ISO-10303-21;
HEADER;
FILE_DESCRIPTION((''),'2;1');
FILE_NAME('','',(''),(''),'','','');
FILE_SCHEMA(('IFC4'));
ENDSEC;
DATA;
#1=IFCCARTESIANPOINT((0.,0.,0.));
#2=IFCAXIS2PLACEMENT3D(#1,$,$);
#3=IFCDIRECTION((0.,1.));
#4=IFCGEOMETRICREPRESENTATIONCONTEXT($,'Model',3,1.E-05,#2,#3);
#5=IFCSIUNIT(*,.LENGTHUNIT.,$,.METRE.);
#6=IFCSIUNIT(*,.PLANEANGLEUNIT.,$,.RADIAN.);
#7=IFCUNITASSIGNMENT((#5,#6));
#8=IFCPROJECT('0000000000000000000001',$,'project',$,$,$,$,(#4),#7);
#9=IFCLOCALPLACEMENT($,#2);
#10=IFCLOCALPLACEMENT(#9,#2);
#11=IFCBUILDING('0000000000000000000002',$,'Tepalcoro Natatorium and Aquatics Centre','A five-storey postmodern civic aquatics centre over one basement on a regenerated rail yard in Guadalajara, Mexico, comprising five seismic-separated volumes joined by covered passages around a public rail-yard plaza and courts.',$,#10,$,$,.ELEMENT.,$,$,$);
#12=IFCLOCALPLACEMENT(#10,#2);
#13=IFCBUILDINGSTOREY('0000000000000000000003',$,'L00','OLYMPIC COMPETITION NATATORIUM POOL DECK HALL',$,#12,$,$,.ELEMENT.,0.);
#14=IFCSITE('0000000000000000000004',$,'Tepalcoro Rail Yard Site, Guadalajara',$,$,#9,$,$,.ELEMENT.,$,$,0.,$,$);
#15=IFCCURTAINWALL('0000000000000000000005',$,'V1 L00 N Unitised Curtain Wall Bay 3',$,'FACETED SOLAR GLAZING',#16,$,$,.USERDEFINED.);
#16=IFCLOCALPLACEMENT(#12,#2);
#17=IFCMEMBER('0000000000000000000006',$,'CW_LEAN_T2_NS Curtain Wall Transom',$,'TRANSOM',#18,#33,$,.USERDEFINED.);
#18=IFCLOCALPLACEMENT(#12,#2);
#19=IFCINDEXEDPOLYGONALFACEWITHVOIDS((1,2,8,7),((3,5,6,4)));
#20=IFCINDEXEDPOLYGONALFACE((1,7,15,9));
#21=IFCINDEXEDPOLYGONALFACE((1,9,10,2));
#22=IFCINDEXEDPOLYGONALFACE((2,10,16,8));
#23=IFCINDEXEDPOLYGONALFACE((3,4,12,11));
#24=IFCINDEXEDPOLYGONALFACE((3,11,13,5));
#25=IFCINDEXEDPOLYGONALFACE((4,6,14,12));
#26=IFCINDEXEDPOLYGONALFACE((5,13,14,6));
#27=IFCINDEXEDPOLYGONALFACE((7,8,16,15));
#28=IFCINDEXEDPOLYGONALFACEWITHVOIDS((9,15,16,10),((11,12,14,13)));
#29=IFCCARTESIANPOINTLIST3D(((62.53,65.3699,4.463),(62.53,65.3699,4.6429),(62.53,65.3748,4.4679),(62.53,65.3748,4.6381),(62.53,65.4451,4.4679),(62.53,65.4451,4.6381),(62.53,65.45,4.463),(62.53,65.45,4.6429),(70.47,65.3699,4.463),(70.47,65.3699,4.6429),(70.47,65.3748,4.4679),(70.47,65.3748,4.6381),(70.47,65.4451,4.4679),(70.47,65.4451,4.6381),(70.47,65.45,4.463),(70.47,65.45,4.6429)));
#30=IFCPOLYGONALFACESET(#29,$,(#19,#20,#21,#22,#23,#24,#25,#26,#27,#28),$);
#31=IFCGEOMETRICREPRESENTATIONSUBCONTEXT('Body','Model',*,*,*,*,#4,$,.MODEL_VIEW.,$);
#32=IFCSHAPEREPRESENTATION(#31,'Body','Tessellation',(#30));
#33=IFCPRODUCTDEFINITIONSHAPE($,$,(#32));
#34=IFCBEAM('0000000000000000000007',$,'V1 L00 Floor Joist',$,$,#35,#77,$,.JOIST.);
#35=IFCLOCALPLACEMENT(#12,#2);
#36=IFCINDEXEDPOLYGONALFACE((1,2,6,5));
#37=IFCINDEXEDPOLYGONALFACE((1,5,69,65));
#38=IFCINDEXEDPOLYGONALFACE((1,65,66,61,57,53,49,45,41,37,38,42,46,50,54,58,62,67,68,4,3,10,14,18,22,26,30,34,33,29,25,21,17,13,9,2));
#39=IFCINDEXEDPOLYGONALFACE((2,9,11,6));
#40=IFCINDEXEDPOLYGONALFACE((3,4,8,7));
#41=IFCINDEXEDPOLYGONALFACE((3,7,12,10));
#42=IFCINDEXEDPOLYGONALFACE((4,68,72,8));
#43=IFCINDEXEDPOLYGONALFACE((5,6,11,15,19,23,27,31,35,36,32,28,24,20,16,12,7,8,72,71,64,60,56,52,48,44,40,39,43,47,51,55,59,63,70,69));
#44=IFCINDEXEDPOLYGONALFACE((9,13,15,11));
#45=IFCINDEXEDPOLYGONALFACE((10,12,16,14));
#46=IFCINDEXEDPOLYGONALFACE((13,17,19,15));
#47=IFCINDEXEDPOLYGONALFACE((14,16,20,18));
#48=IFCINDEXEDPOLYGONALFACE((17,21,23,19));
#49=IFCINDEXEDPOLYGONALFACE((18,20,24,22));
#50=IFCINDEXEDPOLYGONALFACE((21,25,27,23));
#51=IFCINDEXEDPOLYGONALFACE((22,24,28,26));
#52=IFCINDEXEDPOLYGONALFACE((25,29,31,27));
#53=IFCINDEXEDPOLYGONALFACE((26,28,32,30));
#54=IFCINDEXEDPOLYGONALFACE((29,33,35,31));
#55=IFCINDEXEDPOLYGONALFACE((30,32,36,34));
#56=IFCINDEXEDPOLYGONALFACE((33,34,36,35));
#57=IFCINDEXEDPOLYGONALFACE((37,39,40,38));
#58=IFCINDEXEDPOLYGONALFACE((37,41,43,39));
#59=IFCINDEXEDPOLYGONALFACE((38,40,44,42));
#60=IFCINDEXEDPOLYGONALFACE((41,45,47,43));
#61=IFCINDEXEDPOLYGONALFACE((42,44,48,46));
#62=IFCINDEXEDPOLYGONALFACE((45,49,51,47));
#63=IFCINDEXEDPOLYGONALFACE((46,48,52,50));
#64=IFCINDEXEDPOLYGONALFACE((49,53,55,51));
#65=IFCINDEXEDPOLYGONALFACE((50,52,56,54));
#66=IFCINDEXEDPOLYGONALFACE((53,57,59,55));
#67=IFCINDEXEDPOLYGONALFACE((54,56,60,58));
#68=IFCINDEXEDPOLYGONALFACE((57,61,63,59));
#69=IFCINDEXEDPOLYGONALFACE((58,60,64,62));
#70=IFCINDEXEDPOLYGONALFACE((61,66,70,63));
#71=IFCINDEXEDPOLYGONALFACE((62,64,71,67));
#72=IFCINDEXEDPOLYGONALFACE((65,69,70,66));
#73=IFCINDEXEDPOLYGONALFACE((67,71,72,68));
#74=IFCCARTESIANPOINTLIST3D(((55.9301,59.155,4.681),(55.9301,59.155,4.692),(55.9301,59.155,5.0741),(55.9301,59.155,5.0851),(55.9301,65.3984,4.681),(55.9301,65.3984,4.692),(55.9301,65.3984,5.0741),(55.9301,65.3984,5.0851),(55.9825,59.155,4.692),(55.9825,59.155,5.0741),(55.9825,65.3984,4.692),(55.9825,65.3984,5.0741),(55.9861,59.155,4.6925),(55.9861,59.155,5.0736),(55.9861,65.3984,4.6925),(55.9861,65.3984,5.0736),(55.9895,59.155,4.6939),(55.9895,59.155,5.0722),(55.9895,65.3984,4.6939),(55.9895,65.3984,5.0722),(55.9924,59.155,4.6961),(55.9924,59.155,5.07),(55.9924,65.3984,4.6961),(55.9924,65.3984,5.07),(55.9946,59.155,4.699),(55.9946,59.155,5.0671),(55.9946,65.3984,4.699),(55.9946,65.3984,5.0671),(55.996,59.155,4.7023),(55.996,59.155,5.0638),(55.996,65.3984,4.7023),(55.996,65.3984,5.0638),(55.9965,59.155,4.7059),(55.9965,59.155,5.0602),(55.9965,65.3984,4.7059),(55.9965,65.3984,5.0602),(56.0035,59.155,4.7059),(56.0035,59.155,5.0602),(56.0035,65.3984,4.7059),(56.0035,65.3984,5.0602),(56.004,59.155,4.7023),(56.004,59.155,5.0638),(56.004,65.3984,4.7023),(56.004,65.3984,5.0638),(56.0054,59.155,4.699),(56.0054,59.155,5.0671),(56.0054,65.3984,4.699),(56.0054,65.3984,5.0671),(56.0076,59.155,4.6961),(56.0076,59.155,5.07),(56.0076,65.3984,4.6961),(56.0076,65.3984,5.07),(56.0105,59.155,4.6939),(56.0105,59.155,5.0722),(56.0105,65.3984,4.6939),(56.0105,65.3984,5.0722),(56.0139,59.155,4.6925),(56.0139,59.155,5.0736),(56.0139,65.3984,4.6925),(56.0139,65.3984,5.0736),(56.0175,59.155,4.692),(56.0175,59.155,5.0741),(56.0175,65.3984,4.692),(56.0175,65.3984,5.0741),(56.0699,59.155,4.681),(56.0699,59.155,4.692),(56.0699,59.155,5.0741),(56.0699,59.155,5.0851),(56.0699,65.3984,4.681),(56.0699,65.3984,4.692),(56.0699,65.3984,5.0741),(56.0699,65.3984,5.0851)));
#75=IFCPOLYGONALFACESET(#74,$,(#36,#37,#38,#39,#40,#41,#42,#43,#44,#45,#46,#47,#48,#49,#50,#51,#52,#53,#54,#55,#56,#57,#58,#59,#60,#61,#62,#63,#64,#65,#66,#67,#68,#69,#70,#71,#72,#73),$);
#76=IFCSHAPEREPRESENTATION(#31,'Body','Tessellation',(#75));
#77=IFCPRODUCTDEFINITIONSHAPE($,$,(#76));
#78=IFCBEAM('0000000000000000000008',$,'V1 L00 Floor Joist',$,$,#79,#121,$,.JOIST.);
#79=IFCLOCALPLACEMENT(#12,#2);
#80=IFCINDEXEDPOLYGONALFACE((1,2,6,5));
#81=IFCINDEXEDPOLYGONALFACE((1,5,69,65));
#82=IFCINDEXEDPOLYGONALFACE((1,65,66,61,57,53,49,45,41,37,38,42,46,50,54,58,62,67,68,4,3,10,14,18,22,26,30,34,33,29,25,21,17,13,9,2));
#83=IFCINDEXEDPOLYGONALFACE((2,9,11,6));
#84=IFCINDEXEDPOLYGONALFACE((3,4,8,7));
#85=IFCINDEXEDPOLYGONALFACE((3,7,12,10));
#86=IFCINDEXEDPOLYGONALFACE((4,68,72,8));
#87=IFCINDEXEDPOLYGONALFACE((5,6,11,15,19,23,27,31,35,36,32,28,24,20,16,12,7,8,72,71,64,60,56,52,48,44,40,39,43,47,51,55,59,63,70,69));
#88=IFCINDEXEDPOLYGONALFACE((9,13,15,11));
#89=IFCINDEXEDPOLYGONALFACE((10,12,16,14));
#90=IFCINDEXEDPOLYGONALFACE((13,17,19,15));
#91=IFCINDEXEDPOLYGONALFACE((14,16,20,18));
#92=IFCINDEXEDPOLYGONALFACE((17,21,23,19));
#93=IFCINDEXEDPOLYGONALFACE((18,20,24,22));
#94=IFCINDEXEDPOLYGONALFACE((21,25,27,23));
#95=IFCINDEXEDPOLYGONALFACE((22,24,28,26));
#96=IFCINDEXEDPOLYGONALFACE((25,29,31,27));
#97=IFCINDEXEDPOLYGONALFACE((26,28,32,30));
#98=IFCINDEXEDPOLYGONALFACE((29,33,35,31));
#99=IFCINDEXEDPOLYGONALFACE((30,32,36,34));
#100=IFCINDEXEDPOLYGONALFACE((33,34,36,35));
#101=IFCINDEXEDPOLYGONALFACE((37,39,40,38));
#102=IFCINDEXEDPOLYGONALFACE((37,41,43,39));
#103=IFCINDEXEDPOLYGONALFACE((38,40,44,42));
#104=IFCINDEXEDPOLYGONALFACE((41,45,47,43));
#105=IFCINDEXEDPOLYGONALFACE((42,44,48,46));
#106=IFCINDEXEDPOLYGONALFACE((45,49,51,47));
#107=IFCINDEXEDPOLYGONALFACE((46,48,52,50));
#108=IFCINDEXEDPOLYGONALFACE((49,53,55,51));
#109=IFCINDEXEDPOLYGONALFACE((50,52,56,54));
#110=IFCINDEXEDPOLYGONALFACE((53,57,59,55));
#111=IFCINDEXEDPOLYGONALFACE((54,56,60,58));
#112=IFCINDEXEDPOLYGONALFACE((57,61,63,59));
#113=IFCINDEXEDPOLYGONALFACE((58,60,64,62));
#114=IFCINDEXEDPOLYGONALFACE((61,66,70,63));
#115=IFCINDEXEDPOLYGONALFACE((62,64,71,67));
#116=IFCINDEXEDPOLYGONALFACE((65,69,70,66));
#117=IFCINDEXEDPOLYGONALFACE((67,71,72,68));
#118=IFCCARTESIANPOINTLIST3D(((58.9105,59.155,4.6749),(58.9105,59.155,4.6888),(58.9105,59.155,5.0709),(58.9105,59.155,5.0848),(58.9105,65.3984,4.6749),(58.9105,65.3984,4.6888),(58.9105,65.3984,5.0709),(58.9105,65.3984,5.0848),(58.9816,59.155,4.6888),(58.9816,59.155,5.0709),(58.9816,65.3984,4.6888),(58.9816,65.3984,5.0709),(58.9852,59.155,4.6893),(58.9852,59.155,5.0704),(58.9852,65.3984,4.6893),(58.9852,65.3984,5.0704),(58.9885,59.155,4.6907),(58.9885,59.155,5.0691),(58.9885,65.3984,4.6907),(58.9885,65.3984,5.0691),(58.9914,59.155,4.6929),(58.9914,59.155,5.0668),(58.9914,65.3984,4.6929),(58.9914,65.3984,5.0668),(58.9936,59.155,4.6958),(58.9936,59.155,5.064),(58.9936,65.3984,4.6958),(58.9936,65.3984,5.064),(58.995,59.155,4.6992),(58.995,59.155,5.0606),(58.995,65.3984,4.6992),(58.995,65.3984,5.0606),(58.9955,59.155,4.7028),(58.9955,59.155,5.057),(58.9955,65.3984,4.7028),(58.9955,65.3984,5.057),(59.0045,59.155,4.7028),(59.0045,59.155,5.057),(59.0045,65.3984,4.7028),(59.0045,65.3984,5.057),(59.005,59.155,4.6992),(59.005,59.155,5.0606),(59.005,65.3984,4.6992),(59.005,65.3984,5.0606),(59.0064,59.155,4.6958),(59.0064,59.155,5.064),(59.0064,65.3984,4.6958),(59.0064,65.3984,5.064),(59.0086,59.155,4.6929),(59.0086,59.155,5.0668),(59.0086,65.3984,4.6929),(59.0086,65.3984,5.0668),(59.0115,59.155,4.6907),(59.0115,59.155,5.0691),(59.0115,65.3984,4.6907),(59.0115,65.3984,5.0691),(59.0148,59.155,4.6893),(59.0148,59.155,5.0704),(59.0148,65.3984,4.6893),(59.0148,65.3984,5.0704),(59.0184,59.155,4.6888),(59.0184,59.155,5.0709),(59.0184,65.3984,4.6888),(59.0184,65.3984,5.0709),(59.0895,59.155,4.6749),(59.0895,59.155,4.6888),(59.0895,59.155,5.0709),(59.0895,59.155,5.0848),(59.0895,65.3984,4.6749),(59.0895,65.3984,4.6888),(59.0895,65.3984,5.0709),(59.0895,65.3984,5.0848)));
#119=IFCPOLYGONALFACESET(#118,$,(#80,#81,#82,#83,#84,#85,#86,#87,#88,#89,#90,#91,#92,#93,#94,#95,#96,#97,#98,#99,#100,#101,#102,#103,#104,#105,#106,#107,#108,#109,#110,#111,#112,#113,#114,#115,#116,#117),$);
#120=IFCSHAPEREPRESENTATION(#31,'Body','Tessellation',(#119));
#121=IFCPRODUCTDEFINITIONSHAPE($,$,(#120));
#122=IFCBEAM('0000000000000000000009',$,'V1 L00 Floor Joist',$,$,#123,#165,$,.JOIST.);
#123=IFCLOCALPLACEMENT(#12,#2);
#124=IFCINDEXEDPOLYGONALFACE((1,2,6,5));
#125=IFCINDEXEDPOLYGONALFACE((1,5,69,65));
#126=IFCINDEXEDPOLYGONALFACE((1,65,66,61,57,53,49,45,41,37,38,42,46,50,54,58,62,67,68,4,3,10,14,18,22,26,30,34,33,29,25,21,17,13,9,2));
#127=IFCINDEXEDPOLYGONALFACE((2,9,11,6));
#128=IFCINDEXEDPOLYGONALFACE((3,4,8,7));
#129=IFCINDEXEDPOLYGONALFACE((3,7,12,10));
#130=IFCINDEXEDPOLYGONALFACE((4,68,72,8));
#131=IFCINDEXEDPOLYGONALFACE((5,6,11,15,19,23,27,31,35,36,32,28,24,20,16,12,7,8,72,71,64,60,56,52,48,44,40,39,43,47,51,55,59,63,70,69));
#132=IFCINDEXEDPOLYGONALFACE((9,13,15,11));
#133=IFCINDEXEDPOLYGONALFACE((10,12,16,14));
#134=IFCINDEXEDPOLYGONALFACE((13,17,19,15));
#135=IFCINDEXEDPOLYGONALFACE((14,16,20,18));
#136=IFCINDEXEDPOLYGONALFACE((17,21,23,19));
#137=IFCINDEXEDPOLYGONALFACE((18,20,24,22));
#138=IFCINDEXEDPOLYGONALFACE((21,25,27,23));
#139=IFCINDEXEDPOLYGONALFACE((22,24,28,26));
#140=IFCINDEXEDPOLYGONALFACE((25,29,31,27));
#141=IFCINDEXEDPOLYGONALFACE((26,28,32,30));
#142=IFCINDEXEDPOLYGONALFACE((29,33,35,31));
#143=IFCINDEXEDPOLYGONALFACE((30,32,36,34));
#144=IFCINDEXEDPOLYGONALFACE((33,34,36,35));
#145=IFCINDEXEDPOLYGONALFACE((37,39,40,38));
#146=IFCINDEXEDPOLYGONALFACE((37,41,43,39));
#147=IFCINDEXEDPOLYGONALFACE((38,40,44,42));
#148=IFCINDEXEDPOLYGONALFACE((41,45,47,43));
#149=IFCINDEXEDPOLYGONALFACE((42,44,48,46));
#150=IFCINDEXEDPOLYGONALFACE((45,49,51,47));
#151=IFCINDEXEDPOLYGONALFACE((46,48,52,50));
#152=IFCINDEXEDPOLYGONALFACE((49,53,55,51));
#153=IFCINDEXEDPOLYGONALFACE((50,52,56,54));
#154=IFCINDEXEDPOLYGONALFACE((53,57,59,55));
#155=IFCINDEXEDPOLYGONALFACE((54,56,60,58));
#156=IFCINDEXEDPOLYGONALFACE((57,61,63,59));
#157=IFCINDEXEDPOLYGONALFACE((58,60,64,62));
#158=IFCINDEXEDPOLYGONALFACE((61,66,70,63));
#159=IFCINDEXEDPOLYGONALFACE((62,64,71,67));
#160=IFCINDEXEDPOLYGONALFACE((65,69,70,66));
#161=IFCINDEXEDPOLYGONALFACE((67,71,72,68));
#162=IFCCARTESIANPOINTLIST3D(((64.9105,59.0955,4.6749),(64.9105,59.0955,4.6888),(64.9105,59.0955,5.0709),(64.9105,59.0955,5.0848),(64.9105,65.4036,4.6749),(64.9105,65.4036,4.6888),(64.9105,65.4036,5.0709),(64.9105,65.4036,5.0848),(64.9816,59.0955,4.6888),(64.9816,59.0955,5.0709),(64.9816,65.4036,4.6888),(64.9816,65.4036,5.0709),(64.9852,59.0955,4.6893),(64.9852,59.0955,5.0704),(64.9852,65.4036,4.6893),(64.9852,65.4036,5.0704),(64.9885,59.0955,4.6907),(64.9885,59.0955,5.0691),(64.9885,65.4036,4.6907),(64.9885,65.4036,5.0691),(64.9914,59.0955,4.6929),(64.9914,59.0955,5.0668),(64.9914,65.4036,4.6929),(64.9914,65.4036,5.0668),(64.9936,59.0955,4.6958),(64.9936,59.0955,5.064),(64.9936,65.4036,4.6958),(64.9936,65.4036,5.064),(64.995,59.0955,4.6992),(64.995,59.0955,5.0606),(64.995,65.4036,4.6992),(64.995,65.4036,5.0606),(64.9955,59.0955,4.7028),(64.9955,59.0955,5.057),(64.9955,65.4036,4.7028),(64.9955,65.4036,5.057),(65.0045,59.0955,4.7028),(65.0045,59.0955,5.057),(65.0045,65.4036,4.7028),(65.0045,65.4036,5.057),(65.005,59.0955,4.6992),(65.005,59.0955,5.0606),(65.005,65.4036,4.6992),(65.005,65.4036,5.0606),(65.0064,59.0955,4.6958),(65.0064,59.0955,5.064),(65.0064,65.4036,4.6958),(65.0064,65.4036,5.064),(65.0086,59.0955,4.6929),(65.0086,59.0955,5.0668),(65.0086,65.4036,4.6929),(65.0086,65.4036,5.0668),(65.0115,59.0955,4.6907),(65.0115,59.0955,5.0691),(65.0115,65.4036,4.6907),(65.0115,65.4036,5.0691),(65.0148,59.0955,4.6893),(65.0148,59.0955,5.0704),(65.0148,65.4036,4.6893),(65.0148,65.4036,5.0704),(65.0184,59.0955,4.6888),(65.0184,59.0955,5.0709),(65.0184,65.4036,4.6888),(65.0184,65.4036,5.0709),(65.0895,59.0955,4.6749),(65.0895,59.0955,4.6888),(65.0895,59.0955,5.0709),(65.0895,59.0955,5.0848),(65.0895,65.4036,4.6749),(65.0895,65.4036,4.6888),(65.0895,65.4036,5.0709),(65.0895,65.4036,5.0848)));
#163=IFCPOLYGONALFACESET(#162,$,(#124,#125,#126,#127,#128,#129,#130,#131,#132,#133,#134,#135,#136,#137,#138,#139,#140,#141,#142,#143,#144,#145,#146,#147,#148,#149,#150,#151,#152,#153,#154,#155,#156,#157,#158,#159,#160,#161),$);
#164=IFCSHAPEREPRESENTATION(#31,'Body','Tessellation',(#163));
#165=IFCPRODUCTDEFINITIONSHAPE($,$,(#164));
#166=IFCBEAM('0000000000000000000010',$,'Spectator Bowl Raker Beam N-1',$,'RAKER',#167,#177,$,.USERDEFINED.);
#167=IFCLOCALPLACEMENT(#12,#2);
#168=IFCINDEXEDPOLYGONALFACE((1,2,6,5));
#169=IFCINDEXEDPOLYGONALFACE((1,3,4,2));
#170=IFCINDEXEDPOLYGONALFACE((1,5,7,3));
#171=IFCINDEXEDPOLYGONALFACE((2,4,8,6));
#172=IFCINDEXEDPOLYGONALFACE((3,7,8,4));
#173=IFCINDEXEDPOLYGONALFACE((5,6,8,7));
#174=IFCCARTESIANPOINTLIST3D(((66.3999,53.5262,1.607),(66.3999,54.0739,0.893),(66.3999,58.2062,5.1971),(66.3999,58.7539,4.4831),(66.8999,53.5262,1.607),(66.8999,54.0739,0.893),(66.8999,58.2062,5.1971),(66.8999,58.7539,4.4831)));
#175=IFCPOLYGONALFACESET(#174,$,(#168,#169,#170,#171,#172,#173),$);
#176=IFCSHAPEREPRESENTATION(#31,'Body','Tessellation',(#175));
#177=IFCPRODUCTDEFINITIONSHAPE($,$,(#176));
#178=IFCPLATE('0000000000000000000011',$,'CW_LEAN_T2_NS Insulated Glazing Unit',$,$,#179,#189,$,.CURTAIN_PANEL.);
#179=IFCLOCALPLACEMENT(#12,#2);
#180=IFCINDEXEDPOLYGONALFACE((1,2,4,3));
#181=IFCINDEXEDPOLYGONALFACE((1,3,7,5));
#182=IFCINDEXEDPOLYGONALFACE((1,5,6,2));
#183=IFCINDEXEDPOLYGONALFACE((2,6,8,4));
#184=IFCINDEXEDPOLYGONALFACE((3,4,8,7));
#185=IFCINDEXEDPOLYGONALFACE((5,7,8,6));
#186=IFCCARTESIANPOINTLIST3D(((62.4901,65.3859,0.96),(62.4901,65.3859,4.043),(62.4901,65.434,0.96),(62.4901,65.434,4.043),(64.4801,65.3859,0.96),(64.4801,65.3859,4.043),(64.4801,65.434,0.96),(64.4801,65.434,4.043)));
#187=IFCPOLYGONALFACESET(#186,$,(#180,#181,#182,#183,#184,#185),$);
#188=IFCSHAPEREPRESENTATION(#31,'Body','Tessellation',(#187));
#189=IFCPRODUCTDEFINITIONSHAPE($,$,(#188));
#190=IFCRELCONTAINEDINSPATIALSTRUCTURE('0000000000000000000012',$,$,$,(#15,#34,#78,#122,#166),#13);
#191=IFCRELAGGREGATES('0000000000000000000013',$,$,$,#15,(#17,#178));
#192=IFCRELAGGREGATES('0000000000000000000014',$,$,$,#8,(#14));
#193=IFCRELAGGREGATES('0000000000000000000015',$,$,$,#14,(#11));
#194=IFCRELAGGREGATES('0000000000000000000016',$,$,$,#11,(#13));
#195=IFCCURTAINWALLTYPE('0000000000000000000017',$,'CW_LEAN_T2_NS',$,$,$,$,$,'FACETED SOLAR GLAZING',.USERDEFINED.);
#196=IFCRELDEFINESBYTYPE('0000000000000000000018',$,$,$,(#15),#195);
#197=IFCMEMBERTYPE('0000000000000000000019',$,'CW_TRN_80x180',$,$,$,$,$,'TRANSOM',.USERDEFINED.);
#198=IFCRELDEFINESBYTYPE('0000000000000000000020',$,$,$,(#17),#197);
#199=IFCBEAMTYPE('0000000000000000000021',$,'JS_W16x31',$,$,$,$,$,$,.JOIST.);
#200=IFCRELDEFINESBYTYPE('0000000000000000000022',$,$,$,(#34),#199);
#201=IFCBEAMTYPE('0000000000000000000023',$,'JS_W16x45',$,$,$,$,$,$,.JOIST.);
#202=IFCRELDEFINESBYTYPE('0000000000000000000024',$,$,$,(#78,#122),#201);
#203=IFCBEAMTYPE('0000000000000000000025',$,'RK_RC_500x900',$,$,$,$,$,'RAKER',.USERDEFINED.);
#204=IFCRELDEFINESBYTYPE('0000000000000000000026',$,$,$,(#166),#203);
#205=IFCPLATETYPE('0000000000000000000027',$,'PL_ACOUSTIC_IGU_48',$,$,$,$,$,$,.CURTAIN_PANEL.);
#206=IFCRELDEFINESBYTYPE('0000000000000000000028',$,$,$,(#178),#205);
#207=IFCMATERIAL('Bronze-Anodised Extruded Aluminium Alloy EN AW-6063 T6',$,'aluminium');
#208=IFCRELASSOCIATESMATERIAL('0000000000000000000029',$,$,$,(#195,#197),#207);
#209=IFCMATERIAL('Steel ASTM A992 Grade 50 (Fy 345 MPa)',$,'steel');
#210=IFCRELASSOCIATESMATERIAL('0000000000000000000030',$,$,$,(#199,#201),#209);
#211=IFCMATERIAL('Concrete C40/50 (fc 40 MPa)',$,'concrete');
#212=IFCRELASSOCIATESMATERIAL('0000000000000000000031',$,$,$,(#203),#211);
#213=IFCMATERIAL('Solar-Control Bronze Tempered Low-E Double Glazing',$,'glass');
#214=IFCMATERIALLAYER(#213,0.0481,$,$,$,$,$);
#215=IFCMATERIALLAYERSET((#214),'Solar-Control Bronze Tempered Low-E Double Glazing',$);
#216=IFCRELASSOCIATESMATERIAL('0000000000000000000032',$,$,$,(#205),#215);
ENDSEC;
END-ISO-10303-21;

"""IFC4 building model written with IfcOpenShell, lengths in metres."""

from ifc_helpers import new_model, si_unit, direction, frame, origin, origin_2d, place, context, subcontext, project, spatial, rectangle, hollow_rectangle, i_section, extrude, material, layer, layer_set, material_profile, profile_set, type_object, element, aggregate, save


model = new_model("IFC4")

# Units and contexts
model_context = context("Model", 3, precision=1e-05, world=origin(), true_north=direction((0.0, 1.0)))
body_context = subcontext(model_context, "Body", "Model", "MODEL_VIEW")
ifc_project = project(units=[si_unit("LENGTHUNIT", "METRE"), si_unit("PLANEANGLEUNIT", "RADIAN")], contexts=[model_context])

# Site, building, storey
site_placement = place(None, origin())
site = spatial("IfcSite", under=ifc_project, at=site_placement, Name="Tepalcoro Rail Yard Site, Guadalajara", CompositionType="ELEMENT", RefElevation=0.0)
building_placement = place(site_placement, origin())
building = spatial("IfcBuilding", under=site, at=building_placement, Name="Tepalcoro Natatorium and Aquatics Centre", Description="A five-storey postmodern civic aquatics centre over one basement on a regenerated rail yard in Guadalajara, Mexico, comprising five seismic-separated volumes joined by covered passages around a public rail-yard plaza and courts.", CompositionType="ELEMENT")
storey_placement = place(building_placement, origin())
storey = spatial("IfcBuildingStorey", under=building, at=storey_placement, Name="L00", Description="OLYMPIC COMPETITION NATATORIUM POOL DECK HALL", CompositionType="ELEMENT", Elevation=0.0)

# Shared definitions
ifc_material_1 = material(Name="Concrete C40/50 (fc 40 MPa)", Category="concrete")

# Shared definitions
ifc_material_2 = material(Name="Steel ASTM A992 Grade 50 (Fy 345 MPa)", Category="steel")

# Curtain wall, member
ifc_material_3 = material(Name="Bronze-Anodised Extruded Aluminium Alloy EN AW-6063 T6", Category="aluminium")
curtain_wall_type = type_object("IfcCurtainWallType", Name="CW_LEAN_T2_NS", ElementType="FACETED SOLAR GLAZING", PredefinedType="USERDEFINED", material=ifc_material_3)
curtain_wall_placement = place(storey_placement, origin())
curtain_wall = element("IfcCurtainWall", 1, at=curtain_wall_placement, inside=storey, type_object=curtain_wall_type, Name="V1 L00 N Unitised Curtain Wall Bay 3", ObjectType="FACETED SOLAR GLAZING", PredefinedType="USERDEFINED")
ifc_material_profile_1 = material_profile(ifc_material_3, hollow_rectangle(XDim=0.0801, YDim=0.1799, WallThickness=0.0049, at=origin_2d()), Name="AL80X180X5")
ifc_profile_set_1 = profile_set([ifc_material_profile_1], Name="Bronze-Anodised Extruded Aluminium Alloy EN AW-6063 T6")
member_type_1 = type_object("IfcMemberType", Name="CW_TRN_80x180", ElementType="TRANSOM", PredefinedType="USERDEFINED", material=ifc_profile_set_1)
member_1_placement = place(storey_placement, frame((62.53, 65.4099, 4.553), z_axis=(1.0, 0.0, 0.0), x_axis=(0.0, 1.0, 0.0)))
member_1 = element("IfcMember", 2, at=member_1_placement, type_object=member_type_1, Name="CW_LEAN_T2_NS Curtain Wall Transom", ObjectType="TRANSOM", PredefinedType="USERDEFINED", context=body_context, shape_type="SweptSolid", body=[
    extrude(hollow_rectangle(XDim=0.0801, YDim=0.1799, WallThickness=0.0049, at=origin_2d()), origin(), (0.0, 0.0, 1.0), 7.9399),
])

# Beams
ifc_material_profile_2 = material_profile(ifc_material_2, i_section(OverallWidth=0.1399, OverallDepth=0.4041, WebThickness=0.0071, FlangeThickness=0.011, FilletRadius=0.0139, at=origin_2d()), Name="W16X31")
ifc_profile_set_2 = profile_set([ifc_material_profile_2], Name="Steel ASTM A992 Grade 50 (Fy 345 MPa)")
beam_type_1 = type_object("IfcBeamType", Name="JS_W16x31", PredefinedType="JOIST", material=ifc_profile_set_2)
beam_1_placement = place(storey_placement, frame((56.0, 59.155, 4.8831), z_axis=(0.0, 1.0, 0.0), x_axis=(-1.0, 0.0, 0.0)))
element("IfcBeam", 3, at=beam_1_placement, inside=storey, type_object=beam_type_1, Name="V1 L00 Floor Joist", PredefinedType="JOIST", context=body_context, shape_type="SweptSolid", body=[
    extrude(i_section(OverallWidth=0.1399, OverallDepth=0.4041, WebThickness=0.0071, FlangeThickness=0.011, FilletRadius=0.0139, at=origin_2d()), origin(), (0.0, 0.0, 1.0), 6.2434),
])
ifc_material_profile_3 = material_profile(ifc_material_2, i_section(OverallWidth=0.179, OverallDepth=0.4099, WebThickness=0.009, FlangeThickness=0.0139, FilletRadius=0.0139, at=origin_2d()), Name="W16X45")
ifc_profile_set_3 = profile_set([ifc_material_profile_3], Name="Steel ASTM A992 Grade 50 (Fy 345 MPa)")
beam_type_2 = type_object("IfcBeamType", Name="JS_W16x45", PredefinedType="JOIST", material=ifc_profile_set_3)
beam_2_placement = place(storey_placement, frame((59.0, 59.155, 4.8799), z_axis=(0.0, 1.0, 0.0), x_axis=(-1.0, 0.0, 0.0)))
element("IfcBeam", 4, at=beam_2_placement, inside=storey, type_object=beam_type_2, Name="V1 L00 Floor Joist", PredefinedType="JOIST", context=body_context, shape_type="SweptSolid", body=[
    extrude(i_section(OverallWidth=0.179, OverallDepth=0.4099, WebThickness=0.009, FlangeThickness=0.0139, FilletRadius=0.0139, at=origin_2d()), origin(), (0.0, 0.0, 1.0), 6.2434),
])
beam_3_placement = place(storey_placement, frame((65.0, 59.0955, 4.8799), z_axis=(0.0, 1.0, 0.0), x_axis=(-1.0, 0.0, 0.0)))
element("IfcBeam", 5, at=beam_3_placement, inside=storey, type_object=beam_type_2, Name="V1 L00 Floor Joist", PredefinedType="JOIST", context=body_context, shape_type="SweptSolid", body=[
    extrude(i_section(OverallWidth=0.179, OverallDepth=0.4099, WebThickness=0.009, FlangeThickness=0.0139, FilletRadius=0.0139, at=origin_2d()), origin(), (0.0, 0.0, 1.0), 6.3081),
])
ifc_material_profile_4 = material_profile(ifc_material_1, rectangle(XDim=0.5, YDim=0.8999, at=origin_2d()), Name="RKR500x900")
ifc_profile_set_4 = profile_set([ifc_material_profile_4], Name="Concrete C40/50 (fc 40 MPa)")
beam_type_3 = type_object("IfcBeamType", Name="RK_RC_500x900", ElementType="RAKER", PredefinedType="USERDEFINED", material=ifc_profile_set_4)
beam_4_placement = place(storey_placement, frame((66.6499, 53.8, 1.25), z_axis=(0.0, 0.793431, 0.60866), x_axis=(-1.0, 0.0, 0.0)))
element("IfcBeam", 6, at=beam_4_placement, inside=storey, type_object=beam_type_3, Name="Spectator Bowl Raker Beam N-1", ObjectType="RAKER", PredefinedType="USERDEFINED", context=body_context, shape_type="SweptSolid", body=[
    extrude(rectangle(XDim=0.5, YDim=0.8999, at=origin_2d()), origin(), (0.0, 0.0, 1.0), 5.8984),
])

# Plate
ifc_material_4 = material(Name="Solar-Control Bronze Tempered Low-E Double Glazing", Category="glass")
ifc_layer_1 = layer(ifc_material_4, 0.0481)
ifc_layer_set_1 = layer_set([ifc_layer_1], Name="Solar-Control Bronze Tempered Low-E Double Glazing")
plate_type_1 = type_object("IfcPlateType", Name="PL_ACOUSTIC_IGU_48", PredefinedType="CURTAIN_PANEL", material=ifc_layer_set_1)
plate_1_placement = place(storey_placement, frame((63.4851, 65.4099, 0.96), z_axis=(0.0, 0.0, 1.0), x_axis=(1.0, 0.0, 0.0)))
plate_1 = element("IfcPlate", 7, at=plate_1_placement, type_object=plate_type_1, Name="CW_LEAN_T2_NS Insulated Glazing Unit", PredefinedType="CURTAIN_PANEL", context=body_context, shape_type="SweptSolid", body=[
    extrude(rectangle(XDim=1.99, YDim=0.0481, at=origin_2d()), origin(), (0.0, 0.0, 1.0), 3.083),
])
aggregate(curtain_wall, [member_1, plate_1])

save(model, "model.ifc")
